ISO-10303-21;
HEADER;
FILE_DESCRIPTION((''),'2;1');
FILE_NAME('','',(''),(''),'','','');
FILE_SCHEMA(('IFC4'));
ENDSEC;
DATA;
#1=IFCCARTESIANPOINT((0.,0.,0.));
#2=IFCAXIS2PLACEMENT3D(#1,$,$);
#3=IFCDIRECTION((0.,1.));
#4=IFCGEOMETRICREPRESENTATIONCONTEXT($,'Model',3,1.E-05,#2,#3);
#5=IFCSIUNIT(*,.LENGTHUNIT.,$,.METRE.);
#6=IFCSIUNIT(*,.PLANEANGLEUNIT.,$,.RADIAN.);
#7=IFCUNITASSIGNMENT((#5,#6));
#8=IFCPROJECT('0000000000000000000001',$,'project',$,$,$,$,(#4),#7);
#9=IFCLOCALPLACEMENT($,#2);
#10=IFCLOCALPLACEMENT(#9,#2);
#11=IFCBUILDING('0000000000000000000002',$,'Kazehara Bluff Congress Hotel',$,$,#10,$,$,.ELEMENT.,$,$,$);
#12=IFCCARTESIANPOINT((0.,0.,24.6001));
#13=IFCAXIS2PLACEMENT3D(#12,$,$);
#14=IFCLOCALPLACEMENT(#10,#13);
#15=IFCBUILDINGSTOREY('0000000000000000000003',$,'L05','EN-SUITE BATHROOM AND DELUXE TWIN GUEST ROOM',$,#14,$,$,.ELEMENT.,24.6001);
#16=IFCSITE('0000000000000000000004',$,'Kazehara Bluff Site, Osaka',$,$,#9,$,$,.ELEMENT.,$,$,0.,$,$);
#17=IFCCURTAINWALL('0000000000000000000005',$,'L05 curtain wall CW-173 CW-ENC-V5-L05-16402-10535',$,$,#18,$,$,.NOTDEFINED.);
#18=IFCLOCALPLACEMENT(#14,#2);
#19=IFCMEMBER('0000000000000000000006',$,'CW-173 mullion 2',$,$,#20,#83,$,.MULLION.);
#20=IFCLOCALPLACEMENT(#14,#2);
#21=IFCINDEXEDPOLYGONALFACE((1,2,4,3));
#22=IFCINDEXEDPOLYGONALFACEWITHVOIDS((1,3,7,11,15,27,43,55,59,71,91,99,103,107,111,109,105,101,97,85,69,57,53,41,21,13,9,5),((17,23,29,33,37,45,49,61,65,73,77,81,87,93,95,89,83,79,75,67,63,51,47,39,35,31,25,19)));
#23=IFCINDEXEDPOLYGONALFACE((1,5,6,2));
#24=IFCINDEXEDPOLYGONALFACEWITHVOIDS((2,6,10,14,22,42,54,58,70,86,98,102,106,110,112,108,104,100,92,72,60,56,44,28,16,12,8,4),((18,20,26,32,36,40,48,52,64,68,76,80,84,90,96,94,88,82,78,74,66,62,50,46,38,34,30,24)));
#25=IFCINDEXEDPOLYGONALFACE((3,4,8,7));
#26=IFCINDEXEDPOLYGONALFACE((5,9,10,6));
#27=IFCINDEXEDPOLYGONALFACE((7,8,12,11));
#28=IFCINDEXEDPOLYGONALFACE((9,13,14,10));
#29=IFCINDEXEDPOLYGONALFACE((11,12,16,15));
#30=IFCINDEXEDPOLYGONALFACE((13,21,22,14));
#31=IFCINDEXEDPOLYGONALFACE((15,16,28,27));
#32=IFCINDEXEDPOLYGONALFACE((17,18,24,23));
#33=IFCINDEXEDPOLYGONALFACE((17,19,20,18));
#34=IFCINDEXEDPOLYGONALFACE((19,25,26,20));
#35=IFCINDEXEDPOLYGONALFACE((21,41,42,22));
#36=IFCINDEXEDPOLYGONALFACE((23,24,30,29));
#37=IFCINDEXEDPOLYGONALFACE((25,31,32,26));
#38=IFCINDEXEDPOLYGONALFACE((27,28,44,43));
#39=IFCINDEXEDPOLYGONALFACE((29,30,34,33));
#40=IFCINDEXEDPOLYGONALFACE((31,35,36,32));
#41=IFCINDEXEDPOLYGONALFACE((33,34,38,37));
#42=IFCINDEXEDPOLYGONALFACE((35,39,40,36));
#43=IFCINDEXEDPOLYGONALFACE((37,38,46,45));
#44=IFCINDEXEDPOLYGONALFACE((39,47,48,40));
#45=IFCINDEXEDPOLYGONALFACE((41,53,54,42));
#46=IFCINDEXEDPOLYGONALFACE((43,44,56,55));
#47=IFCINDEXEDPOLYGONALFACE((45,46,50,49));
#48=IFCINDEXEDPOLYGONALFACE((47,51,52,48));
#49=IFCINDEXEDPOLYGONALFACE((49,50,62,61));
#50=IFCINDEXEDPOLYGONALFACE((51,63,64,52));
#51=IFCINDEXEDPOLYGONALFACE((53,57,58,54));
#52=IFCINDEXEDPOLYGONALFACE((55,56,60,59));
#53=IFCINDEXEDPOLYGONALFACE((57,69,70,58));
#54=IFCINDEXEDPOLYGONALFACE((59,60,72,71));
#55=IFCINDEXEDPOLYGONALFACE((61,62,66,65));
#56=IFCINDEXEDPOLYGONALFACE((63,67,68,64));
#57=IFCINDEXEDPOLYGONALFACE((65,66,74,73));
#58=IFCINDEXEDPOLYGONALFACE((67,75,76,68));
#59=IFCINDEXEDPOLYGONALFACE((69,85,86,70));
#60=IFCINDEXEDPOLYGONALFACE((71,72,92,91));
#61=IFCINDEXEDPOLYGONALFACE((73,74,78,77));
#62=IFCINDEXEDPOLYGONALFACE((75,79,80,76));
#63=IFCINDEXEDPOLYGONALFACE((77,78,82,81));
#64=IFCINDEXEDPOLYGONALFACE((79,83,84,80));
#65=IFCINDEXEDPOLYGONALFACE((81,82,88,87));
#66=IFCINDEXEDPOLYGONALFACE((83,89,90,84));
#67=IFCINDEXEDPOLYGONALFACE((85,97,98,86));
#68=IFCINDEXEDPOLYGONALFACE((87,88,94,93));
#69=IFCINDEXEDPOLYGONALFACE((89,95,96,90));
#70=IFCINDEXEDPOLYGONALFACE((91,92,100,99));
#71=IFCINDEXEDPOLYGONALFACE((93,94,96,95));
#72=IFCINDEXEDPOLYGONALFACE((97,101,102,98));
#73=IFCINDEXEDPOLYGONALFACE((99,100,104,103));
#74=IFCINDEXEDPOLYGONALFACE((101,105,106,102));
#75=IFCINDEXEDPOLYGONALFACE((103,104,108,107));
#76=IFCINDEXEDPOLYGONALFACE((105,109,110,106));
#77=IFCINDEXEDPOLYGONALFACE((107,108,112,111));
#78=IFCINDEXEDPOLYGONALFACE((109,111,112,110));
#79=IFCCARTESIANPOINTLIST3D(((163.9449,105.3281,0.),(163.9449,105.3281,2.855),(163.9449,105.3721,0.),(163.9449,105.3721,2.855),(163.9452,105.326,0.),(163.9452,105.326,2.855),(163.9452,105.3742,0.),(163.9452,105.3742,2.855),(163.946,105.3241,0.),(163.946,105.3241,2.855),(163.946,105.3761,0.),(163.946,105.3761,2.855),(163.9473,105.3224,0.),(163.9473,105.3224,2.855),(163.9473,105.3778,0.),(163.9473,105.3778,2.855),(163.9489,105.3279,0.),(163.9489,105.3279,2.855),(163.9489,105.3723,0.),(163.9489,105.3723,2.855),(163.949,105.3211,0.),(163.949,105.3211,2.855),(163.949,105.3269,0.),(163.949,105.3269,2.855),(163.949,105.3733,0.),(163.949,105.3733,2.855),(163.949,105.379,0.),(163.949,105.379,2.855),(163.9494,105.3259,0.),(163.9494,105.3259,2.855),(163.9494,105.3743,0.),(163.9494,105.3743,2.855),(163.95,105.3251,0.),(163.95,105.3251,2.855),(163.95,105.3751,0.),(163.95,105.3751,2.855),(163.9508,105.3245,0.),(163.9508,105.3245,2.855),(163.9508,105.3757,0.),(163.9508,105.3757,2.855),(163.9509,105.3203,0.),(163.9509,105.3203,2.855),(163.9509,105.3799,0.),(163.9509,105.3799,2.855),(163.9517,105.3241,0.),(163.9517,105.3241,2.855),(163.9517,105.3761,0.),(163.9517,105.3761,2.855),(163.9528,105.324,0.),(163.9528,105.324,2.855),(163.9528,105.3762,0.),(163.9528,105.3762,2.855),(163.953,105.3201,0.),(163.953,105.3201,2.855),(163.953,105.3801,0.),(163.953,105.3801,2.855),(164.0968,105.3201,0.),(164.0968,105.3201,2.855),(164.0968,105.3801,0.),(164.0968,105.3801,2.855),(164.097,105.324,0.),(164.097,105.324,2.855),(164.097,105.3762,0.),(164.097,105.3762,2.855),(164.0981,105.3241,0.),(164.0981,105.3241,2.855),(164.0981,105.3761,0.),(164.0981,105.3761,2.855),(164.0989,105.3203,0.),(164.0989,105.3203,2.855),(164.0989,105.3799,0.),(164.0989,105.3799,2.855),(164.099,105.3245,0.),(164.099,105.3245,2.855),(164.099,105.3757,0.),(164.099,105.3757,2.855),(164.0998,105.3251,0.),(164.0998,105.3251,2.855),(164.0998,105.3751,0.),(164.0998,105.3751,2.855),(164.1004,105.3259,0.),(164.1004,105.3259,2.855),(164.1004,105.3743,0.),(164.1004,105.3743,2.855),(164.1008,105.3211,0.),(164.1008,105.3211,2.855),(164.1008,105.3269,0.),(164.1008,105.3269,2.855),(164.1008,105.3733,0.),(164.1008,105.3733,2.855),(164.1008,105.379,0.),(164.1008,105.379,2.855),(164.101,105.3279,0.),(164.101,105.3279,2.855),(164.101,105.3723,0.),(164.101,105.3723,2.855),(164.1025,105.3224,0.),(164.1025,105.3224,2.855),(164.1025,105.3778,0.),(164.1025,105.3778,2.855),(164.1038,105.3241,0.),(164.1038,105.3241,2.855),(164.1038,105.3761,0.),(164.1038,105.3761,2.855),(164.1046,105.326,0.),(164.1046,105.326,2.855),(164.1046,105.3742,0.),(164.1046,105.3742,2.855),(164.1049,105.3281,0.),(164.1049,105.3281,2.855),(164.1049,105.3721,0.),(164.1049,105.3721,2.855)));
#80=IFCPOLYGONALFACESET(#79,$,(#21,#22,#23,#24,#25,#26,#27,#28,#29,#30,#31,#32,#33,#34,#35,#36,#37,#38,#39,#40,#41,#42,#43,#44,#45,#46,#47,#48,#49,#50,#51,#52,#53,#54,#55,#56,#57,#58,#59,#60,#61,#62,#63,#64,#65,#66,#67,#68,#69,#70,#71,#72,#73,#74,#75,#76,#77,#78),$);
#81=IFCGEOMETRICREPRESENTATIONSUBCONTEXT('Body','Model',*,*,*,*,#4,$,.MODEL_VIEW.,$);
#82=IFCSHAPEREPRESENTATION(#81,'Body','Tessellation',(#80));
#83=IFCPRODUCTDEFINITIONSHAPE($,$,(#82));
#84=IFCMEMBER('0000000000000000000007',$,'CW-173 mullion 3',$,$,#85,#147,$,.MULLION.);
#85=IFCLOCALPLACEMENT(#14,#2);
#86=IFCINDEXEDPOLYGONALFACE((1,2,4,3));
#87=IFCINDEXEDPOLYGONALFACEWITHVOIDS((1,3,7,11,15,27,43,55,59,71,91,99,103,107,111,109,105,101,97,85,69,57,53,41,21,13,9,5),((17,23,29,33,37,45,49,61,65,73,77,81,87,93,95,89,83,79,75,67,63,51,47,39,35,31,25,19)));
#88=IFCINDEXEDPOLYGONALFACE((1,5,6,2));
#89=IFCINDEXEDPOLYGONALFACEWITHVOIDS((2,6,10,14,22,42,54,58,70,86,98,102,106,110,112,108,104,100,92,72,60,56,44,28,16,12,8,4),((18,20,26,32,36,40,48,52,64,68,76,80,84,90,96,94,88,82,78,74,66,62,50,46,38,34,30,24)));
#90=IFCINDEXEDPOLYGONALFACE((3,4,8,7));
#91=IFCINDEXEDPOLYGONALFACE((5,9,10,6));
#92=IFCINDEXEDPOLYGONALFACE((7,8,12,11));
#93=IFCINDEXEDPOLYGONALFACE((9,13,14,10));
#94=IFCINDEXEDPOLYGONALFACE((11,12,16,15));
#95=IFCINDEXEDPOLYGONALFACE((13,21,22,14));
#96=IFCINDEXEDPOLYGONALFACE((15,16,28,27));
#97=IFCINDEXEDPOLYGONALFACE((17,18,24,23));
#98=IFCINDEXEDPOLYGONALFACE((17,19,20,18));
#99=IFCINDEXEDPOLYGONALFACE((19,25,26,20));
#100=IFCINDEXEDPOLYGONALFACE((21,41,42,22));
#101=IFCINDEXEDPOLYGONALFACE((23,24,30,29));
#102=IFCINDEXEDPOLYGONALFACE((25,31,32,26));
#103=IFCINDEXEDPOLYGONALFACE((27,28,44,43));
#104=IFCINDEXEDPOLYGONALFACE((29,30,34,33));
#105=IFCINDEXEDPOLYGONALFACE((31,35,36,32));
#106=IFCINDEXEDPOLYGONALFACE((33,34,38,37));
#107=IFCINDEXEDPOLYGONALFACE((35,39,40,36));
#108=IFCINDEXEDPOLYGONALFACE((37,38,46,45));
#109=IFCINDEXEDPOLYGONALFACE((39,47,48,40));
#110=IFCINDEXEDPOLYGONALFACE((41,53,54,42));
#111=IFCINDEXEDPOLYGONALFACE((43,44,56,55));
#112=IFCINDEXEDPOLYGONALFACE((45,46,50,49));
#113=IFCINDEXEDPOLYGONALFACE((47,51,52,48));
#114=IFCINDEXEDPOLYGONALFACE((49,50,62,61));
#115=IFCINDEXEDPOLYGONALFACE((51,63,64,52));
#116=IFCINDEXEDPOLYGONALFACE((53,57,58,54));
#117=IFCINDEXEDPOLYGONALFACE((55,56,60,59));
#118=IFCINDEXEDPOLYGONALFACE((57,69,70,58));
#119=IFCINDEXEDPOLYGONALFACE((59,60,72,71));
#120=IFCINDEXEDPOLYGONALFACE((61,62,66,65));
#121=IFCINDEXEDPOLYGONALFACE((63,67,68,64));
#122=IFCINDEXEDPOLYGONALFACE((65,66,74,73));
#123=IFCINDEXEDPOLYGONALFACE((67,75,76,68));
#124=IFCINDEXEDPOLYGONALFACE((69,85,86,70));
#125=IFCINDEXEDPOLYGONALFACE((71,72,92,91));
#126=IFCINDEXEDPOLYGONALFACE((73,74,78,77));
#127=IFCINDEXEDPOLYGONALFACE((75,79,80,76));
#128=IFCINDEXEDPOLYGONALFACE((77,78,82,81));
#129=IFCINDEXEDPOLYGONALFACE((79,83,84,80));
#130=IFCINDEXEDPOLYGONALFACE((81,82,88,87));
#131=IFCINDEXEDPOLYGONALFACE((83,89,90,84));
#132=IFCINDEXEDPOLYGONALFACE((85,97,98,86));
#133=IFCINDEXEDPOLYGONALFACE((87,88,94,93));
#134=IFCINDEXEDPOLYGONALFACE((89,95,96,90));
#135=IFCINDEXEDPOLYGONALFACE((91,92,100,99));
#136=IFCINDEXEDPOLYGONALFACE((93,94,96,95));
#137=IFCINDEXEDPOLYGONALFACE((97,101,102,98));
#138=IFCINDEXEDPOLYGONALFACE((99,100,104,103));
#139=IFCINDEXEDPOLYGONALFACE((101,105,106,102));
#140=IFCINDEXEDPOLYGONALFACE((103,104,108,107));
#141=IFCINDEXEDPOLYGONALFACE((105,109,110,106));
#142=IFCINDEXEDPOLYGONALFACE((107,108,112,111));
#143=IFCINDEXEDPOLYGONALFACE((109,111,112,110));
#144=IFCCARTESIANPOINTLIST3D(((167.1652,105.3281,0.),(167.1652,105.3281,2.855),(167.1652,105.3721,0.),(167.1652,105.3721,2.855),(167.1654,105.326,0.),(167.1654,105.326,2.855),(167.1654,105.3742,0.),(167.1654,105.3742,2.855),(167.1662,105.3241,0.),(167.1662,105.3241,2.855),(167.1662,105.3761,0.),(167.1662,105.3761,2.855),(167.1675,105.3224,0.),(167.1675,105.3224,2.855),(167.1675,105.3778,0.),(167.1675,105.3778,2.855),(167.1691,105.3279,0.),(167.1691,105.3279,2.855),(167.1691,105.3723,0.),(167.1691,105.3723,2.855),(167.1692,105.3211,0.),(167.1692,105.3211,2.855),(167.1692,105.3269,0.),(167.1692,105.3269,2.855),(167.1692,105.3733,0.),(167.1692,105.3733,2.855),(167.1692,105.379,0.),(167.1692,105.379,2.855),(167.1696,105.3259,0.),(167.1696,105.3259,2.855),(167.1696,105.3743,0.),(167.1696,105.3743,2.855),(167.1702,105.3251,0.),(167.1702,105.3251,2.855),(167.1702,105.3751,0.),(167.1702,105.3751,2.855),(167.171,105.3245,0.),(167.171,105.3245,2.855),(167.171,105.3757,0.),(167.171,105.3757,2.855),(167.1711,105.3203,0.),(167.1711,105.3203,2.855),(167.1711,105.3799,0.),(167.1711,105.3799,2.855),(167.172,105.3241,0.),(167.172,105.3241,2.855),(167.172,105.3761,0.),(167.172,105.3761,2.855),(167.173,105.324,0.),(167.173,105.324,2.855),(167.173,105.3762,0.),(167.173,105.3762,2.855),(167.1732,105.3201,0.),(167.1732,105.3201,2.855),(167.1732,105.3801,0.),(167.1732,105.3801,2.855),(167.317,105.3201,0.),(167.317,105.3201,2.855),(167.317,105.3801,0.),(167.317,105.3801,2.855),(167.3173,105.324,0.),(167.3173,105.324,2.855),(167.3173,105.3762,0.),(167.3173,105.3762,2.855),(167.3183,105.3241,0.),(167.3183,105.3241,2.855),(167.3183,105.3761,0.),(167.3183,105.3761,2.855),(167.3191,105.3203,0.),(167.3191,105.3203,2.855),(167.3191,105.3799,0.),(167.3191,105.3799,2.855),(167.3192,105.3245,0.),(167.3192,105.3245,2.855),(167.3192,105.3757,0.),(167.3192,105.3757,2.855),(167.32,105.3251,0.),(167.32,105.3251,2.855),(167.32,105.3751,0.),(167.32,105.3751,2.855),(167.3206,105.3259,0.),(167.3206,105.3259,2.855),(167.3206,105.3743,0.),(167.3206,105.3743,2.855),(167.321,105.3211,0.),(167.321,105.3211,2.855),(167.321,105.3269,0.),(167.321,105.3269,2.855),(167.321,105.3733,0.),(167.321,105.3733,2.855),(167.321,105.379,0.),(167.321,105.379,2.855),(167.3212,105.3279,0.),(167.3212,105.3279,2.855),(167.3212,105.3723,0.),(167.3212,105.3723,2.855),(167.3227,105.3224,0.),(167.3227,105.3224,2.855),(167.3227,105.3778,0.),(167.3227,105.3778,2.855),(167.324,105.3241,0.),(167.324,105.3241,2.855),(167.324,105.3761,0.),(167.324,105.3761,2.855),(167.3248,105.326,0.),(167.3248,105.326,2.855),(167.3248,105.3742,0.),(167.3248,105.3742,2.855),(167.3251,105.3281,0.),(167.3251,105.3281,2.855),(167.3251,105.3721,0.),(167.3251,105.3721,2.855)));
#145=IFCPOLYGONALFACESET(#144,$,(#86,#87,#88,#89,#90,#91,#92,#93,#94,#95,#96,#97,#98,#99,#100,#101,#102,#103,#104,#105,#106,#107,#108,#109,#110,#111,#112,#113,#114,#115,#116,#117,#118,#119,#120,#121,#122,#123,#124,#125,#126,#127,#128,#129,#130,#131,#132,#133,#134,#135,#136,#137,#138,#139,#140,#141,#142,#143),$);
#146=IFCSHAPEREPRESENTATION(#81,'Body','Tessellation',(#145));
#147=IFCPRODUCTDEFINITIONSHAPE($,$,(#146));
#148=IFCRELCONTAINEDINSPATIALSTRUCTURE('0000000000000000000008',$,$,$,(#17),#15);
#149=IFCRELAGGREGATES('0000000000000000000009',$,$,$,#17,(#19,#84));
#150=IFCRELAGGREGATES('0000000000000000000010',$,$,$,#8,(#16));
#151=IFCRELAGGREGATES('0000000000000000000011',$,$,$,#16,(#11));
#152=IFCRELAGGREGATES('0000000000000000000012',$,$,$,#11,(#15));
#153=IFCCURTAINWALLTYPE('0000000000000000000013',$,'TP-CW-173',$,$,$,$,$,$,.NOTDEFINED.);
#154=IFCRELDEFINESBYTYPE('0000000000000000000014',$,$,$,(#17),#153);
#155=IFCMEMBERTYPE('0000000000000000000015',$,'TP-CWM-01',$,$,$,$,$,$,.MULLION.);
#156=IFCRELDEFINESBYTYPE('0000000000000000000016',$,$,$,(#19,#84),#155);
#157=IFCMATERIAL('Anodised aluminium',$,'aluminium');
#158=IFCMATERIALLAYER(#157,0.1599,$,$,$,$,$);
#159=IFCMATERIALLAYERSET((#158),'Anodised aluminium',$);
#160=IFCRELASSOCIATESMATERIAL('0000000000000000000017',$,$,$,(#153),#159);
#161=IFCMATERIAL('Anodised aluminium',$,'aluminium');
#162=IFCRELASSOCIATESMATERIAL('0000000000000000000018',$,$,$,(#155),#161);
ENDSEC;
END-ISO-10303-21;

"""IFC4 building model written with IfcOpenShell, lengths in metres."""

from ifc_helpers import new_model, si_unit, direction, frame, origin, origin_2d, place, context, subcontext, project, spatial, hollow_rectangle, extrude, material, layer, layer_set, material_profile, profile_set, type_object, element, aggregate, save


model = new_model("IFC4")

# Units and contexts
model_context = context("Model", 3, precision=1e-05, world=origin(), true_north=direction((0.0, 1.0)))
body_context = subcontext(model_context, "Body", "Model", "MODEL_VIEW")
ifc_project = project(units=[si_unit("LENGTHUNIT", "METRE"), si_unit("PLANEANGLEUNIT", "RADIAN")], contexts=[model_context])

# Site, building, storey
site_placement = place(None, origin())
site = spatial("IfcSite", under=ifc_project, at=site_placement, Name="Kazehara Bluff Site, Osaka", CompositionType="ELEMENT", RefElevation=0.0)
building_placement = place(site_placement, origin())
building = spatial("IfcBuilding", under=site, at=building_placement, Name="Kazehara Bluff Congress Hotel", CompositionType="ELEMENT")
storey_placement = place(building_placement, frame((0.0, 0.0, 24.6001)))
storey = spatial("IfcBuildingStorey", under=building, at=storey_placement, Name="L05", Description="EN-SUITE BATHROOM AND DELUXE TWIN GUEST ROOM", CompositionType="ELEMENT", Elevation=24.6001)

# Curtain wall, members
ifc_material_1 = material(Name="Anodised aluminium", Category="aluminium")
ifc_layer_1 = layer(ifc_material_1, 0.1599)
ifc_layer_set_1 = layer_set([ifc_layer_1], Name="Anodised aluminium")
curtain_wall_type_1 = type_object("IfcCurtainWallType", Name="TP-CW-173", PredefinedType="NOTDEFINED", material=ifc_layer_set_1)
curtain_wall_1_placement = place(storey_placement, origin())
curtain_wall_1 = element("IfcCurtainWall", 1, at=curtain_wall_1_placement, inside=storey, type_object=curtain_wall_type_1, Name="L05 curtain wall CW-173 CW-ENC-V5-L05-16402-10535", PredefinedType="NOTDEFINED")
ifc_material_2 = material(Name="Anodised aluminium", Category="aluminium")
ifc_material_profile_1 = material_profile(ifc_material_2, hollow_rectangle(XDim=0.0601, YDim=0.1599, WallThickness=0.0039, InnerFilletRadius=0.0039, OuterFilletRadius=0.0081, at=origin_2d()))
ifc_profile_set_1 = profile_set([ifc_material_profile_1], Name="Anodised aluminium")
member_type_1 = type_object("IfcMemberType", Name="TP-CWM-01", PredefinedType="MULLION", material=ifc_profile_set_1)
member_1_placement = place(storey_placement, frame((164.0249, 105.3501, 0.0), z_axis=(0.0, 0.0, 1.0), x_axis=(0.0, 1.0, 0.0)))
member_1 = element("IfcMember", 2, at=member_1_placement, type_object=member_type_1, Name="CW-173 mullion 2", PredefinedType="MULLION", context=body_context, shape_type="SweptSolid", body=[
    extrude(hollow_rectangle(XDim=0.0601, YDim=0.1599, WallThickness=0.0039, InnerFilletRadius=0.0039, OuterFilletRadius=0.0081, at=origin_2d()), origin(), (0.0, 0.0, 1.0), 2.855),
])
member_2_placement = place(storey_placement, frame((167.2451, 105.3501, 0.0), z_axis=(0.0, 0.0, 1.0), x_axis=(0.0, 1.0, 0.0)))
member_2 = element("IfcMember", 3, at=member_2_placement, type_object=member_type_1, Name="CW-173 mullion 3", PredefinedType="MULLION", context=body_context, shape_type="SweptSolid", body=[
    extrude(hollow_rectangle(XDim=0.0601, YDim=0.1599, WallThickness=0.0039, InnerFilletRadius=0.0039, OuterFilletRadius=0.0081, at=origin_2d()), origin(), (0.0, 0.0, 1.0), 2.855),
])

aggregate(curtain_wall_1, [member_1, member_2])

save(model, "model.ifc")
